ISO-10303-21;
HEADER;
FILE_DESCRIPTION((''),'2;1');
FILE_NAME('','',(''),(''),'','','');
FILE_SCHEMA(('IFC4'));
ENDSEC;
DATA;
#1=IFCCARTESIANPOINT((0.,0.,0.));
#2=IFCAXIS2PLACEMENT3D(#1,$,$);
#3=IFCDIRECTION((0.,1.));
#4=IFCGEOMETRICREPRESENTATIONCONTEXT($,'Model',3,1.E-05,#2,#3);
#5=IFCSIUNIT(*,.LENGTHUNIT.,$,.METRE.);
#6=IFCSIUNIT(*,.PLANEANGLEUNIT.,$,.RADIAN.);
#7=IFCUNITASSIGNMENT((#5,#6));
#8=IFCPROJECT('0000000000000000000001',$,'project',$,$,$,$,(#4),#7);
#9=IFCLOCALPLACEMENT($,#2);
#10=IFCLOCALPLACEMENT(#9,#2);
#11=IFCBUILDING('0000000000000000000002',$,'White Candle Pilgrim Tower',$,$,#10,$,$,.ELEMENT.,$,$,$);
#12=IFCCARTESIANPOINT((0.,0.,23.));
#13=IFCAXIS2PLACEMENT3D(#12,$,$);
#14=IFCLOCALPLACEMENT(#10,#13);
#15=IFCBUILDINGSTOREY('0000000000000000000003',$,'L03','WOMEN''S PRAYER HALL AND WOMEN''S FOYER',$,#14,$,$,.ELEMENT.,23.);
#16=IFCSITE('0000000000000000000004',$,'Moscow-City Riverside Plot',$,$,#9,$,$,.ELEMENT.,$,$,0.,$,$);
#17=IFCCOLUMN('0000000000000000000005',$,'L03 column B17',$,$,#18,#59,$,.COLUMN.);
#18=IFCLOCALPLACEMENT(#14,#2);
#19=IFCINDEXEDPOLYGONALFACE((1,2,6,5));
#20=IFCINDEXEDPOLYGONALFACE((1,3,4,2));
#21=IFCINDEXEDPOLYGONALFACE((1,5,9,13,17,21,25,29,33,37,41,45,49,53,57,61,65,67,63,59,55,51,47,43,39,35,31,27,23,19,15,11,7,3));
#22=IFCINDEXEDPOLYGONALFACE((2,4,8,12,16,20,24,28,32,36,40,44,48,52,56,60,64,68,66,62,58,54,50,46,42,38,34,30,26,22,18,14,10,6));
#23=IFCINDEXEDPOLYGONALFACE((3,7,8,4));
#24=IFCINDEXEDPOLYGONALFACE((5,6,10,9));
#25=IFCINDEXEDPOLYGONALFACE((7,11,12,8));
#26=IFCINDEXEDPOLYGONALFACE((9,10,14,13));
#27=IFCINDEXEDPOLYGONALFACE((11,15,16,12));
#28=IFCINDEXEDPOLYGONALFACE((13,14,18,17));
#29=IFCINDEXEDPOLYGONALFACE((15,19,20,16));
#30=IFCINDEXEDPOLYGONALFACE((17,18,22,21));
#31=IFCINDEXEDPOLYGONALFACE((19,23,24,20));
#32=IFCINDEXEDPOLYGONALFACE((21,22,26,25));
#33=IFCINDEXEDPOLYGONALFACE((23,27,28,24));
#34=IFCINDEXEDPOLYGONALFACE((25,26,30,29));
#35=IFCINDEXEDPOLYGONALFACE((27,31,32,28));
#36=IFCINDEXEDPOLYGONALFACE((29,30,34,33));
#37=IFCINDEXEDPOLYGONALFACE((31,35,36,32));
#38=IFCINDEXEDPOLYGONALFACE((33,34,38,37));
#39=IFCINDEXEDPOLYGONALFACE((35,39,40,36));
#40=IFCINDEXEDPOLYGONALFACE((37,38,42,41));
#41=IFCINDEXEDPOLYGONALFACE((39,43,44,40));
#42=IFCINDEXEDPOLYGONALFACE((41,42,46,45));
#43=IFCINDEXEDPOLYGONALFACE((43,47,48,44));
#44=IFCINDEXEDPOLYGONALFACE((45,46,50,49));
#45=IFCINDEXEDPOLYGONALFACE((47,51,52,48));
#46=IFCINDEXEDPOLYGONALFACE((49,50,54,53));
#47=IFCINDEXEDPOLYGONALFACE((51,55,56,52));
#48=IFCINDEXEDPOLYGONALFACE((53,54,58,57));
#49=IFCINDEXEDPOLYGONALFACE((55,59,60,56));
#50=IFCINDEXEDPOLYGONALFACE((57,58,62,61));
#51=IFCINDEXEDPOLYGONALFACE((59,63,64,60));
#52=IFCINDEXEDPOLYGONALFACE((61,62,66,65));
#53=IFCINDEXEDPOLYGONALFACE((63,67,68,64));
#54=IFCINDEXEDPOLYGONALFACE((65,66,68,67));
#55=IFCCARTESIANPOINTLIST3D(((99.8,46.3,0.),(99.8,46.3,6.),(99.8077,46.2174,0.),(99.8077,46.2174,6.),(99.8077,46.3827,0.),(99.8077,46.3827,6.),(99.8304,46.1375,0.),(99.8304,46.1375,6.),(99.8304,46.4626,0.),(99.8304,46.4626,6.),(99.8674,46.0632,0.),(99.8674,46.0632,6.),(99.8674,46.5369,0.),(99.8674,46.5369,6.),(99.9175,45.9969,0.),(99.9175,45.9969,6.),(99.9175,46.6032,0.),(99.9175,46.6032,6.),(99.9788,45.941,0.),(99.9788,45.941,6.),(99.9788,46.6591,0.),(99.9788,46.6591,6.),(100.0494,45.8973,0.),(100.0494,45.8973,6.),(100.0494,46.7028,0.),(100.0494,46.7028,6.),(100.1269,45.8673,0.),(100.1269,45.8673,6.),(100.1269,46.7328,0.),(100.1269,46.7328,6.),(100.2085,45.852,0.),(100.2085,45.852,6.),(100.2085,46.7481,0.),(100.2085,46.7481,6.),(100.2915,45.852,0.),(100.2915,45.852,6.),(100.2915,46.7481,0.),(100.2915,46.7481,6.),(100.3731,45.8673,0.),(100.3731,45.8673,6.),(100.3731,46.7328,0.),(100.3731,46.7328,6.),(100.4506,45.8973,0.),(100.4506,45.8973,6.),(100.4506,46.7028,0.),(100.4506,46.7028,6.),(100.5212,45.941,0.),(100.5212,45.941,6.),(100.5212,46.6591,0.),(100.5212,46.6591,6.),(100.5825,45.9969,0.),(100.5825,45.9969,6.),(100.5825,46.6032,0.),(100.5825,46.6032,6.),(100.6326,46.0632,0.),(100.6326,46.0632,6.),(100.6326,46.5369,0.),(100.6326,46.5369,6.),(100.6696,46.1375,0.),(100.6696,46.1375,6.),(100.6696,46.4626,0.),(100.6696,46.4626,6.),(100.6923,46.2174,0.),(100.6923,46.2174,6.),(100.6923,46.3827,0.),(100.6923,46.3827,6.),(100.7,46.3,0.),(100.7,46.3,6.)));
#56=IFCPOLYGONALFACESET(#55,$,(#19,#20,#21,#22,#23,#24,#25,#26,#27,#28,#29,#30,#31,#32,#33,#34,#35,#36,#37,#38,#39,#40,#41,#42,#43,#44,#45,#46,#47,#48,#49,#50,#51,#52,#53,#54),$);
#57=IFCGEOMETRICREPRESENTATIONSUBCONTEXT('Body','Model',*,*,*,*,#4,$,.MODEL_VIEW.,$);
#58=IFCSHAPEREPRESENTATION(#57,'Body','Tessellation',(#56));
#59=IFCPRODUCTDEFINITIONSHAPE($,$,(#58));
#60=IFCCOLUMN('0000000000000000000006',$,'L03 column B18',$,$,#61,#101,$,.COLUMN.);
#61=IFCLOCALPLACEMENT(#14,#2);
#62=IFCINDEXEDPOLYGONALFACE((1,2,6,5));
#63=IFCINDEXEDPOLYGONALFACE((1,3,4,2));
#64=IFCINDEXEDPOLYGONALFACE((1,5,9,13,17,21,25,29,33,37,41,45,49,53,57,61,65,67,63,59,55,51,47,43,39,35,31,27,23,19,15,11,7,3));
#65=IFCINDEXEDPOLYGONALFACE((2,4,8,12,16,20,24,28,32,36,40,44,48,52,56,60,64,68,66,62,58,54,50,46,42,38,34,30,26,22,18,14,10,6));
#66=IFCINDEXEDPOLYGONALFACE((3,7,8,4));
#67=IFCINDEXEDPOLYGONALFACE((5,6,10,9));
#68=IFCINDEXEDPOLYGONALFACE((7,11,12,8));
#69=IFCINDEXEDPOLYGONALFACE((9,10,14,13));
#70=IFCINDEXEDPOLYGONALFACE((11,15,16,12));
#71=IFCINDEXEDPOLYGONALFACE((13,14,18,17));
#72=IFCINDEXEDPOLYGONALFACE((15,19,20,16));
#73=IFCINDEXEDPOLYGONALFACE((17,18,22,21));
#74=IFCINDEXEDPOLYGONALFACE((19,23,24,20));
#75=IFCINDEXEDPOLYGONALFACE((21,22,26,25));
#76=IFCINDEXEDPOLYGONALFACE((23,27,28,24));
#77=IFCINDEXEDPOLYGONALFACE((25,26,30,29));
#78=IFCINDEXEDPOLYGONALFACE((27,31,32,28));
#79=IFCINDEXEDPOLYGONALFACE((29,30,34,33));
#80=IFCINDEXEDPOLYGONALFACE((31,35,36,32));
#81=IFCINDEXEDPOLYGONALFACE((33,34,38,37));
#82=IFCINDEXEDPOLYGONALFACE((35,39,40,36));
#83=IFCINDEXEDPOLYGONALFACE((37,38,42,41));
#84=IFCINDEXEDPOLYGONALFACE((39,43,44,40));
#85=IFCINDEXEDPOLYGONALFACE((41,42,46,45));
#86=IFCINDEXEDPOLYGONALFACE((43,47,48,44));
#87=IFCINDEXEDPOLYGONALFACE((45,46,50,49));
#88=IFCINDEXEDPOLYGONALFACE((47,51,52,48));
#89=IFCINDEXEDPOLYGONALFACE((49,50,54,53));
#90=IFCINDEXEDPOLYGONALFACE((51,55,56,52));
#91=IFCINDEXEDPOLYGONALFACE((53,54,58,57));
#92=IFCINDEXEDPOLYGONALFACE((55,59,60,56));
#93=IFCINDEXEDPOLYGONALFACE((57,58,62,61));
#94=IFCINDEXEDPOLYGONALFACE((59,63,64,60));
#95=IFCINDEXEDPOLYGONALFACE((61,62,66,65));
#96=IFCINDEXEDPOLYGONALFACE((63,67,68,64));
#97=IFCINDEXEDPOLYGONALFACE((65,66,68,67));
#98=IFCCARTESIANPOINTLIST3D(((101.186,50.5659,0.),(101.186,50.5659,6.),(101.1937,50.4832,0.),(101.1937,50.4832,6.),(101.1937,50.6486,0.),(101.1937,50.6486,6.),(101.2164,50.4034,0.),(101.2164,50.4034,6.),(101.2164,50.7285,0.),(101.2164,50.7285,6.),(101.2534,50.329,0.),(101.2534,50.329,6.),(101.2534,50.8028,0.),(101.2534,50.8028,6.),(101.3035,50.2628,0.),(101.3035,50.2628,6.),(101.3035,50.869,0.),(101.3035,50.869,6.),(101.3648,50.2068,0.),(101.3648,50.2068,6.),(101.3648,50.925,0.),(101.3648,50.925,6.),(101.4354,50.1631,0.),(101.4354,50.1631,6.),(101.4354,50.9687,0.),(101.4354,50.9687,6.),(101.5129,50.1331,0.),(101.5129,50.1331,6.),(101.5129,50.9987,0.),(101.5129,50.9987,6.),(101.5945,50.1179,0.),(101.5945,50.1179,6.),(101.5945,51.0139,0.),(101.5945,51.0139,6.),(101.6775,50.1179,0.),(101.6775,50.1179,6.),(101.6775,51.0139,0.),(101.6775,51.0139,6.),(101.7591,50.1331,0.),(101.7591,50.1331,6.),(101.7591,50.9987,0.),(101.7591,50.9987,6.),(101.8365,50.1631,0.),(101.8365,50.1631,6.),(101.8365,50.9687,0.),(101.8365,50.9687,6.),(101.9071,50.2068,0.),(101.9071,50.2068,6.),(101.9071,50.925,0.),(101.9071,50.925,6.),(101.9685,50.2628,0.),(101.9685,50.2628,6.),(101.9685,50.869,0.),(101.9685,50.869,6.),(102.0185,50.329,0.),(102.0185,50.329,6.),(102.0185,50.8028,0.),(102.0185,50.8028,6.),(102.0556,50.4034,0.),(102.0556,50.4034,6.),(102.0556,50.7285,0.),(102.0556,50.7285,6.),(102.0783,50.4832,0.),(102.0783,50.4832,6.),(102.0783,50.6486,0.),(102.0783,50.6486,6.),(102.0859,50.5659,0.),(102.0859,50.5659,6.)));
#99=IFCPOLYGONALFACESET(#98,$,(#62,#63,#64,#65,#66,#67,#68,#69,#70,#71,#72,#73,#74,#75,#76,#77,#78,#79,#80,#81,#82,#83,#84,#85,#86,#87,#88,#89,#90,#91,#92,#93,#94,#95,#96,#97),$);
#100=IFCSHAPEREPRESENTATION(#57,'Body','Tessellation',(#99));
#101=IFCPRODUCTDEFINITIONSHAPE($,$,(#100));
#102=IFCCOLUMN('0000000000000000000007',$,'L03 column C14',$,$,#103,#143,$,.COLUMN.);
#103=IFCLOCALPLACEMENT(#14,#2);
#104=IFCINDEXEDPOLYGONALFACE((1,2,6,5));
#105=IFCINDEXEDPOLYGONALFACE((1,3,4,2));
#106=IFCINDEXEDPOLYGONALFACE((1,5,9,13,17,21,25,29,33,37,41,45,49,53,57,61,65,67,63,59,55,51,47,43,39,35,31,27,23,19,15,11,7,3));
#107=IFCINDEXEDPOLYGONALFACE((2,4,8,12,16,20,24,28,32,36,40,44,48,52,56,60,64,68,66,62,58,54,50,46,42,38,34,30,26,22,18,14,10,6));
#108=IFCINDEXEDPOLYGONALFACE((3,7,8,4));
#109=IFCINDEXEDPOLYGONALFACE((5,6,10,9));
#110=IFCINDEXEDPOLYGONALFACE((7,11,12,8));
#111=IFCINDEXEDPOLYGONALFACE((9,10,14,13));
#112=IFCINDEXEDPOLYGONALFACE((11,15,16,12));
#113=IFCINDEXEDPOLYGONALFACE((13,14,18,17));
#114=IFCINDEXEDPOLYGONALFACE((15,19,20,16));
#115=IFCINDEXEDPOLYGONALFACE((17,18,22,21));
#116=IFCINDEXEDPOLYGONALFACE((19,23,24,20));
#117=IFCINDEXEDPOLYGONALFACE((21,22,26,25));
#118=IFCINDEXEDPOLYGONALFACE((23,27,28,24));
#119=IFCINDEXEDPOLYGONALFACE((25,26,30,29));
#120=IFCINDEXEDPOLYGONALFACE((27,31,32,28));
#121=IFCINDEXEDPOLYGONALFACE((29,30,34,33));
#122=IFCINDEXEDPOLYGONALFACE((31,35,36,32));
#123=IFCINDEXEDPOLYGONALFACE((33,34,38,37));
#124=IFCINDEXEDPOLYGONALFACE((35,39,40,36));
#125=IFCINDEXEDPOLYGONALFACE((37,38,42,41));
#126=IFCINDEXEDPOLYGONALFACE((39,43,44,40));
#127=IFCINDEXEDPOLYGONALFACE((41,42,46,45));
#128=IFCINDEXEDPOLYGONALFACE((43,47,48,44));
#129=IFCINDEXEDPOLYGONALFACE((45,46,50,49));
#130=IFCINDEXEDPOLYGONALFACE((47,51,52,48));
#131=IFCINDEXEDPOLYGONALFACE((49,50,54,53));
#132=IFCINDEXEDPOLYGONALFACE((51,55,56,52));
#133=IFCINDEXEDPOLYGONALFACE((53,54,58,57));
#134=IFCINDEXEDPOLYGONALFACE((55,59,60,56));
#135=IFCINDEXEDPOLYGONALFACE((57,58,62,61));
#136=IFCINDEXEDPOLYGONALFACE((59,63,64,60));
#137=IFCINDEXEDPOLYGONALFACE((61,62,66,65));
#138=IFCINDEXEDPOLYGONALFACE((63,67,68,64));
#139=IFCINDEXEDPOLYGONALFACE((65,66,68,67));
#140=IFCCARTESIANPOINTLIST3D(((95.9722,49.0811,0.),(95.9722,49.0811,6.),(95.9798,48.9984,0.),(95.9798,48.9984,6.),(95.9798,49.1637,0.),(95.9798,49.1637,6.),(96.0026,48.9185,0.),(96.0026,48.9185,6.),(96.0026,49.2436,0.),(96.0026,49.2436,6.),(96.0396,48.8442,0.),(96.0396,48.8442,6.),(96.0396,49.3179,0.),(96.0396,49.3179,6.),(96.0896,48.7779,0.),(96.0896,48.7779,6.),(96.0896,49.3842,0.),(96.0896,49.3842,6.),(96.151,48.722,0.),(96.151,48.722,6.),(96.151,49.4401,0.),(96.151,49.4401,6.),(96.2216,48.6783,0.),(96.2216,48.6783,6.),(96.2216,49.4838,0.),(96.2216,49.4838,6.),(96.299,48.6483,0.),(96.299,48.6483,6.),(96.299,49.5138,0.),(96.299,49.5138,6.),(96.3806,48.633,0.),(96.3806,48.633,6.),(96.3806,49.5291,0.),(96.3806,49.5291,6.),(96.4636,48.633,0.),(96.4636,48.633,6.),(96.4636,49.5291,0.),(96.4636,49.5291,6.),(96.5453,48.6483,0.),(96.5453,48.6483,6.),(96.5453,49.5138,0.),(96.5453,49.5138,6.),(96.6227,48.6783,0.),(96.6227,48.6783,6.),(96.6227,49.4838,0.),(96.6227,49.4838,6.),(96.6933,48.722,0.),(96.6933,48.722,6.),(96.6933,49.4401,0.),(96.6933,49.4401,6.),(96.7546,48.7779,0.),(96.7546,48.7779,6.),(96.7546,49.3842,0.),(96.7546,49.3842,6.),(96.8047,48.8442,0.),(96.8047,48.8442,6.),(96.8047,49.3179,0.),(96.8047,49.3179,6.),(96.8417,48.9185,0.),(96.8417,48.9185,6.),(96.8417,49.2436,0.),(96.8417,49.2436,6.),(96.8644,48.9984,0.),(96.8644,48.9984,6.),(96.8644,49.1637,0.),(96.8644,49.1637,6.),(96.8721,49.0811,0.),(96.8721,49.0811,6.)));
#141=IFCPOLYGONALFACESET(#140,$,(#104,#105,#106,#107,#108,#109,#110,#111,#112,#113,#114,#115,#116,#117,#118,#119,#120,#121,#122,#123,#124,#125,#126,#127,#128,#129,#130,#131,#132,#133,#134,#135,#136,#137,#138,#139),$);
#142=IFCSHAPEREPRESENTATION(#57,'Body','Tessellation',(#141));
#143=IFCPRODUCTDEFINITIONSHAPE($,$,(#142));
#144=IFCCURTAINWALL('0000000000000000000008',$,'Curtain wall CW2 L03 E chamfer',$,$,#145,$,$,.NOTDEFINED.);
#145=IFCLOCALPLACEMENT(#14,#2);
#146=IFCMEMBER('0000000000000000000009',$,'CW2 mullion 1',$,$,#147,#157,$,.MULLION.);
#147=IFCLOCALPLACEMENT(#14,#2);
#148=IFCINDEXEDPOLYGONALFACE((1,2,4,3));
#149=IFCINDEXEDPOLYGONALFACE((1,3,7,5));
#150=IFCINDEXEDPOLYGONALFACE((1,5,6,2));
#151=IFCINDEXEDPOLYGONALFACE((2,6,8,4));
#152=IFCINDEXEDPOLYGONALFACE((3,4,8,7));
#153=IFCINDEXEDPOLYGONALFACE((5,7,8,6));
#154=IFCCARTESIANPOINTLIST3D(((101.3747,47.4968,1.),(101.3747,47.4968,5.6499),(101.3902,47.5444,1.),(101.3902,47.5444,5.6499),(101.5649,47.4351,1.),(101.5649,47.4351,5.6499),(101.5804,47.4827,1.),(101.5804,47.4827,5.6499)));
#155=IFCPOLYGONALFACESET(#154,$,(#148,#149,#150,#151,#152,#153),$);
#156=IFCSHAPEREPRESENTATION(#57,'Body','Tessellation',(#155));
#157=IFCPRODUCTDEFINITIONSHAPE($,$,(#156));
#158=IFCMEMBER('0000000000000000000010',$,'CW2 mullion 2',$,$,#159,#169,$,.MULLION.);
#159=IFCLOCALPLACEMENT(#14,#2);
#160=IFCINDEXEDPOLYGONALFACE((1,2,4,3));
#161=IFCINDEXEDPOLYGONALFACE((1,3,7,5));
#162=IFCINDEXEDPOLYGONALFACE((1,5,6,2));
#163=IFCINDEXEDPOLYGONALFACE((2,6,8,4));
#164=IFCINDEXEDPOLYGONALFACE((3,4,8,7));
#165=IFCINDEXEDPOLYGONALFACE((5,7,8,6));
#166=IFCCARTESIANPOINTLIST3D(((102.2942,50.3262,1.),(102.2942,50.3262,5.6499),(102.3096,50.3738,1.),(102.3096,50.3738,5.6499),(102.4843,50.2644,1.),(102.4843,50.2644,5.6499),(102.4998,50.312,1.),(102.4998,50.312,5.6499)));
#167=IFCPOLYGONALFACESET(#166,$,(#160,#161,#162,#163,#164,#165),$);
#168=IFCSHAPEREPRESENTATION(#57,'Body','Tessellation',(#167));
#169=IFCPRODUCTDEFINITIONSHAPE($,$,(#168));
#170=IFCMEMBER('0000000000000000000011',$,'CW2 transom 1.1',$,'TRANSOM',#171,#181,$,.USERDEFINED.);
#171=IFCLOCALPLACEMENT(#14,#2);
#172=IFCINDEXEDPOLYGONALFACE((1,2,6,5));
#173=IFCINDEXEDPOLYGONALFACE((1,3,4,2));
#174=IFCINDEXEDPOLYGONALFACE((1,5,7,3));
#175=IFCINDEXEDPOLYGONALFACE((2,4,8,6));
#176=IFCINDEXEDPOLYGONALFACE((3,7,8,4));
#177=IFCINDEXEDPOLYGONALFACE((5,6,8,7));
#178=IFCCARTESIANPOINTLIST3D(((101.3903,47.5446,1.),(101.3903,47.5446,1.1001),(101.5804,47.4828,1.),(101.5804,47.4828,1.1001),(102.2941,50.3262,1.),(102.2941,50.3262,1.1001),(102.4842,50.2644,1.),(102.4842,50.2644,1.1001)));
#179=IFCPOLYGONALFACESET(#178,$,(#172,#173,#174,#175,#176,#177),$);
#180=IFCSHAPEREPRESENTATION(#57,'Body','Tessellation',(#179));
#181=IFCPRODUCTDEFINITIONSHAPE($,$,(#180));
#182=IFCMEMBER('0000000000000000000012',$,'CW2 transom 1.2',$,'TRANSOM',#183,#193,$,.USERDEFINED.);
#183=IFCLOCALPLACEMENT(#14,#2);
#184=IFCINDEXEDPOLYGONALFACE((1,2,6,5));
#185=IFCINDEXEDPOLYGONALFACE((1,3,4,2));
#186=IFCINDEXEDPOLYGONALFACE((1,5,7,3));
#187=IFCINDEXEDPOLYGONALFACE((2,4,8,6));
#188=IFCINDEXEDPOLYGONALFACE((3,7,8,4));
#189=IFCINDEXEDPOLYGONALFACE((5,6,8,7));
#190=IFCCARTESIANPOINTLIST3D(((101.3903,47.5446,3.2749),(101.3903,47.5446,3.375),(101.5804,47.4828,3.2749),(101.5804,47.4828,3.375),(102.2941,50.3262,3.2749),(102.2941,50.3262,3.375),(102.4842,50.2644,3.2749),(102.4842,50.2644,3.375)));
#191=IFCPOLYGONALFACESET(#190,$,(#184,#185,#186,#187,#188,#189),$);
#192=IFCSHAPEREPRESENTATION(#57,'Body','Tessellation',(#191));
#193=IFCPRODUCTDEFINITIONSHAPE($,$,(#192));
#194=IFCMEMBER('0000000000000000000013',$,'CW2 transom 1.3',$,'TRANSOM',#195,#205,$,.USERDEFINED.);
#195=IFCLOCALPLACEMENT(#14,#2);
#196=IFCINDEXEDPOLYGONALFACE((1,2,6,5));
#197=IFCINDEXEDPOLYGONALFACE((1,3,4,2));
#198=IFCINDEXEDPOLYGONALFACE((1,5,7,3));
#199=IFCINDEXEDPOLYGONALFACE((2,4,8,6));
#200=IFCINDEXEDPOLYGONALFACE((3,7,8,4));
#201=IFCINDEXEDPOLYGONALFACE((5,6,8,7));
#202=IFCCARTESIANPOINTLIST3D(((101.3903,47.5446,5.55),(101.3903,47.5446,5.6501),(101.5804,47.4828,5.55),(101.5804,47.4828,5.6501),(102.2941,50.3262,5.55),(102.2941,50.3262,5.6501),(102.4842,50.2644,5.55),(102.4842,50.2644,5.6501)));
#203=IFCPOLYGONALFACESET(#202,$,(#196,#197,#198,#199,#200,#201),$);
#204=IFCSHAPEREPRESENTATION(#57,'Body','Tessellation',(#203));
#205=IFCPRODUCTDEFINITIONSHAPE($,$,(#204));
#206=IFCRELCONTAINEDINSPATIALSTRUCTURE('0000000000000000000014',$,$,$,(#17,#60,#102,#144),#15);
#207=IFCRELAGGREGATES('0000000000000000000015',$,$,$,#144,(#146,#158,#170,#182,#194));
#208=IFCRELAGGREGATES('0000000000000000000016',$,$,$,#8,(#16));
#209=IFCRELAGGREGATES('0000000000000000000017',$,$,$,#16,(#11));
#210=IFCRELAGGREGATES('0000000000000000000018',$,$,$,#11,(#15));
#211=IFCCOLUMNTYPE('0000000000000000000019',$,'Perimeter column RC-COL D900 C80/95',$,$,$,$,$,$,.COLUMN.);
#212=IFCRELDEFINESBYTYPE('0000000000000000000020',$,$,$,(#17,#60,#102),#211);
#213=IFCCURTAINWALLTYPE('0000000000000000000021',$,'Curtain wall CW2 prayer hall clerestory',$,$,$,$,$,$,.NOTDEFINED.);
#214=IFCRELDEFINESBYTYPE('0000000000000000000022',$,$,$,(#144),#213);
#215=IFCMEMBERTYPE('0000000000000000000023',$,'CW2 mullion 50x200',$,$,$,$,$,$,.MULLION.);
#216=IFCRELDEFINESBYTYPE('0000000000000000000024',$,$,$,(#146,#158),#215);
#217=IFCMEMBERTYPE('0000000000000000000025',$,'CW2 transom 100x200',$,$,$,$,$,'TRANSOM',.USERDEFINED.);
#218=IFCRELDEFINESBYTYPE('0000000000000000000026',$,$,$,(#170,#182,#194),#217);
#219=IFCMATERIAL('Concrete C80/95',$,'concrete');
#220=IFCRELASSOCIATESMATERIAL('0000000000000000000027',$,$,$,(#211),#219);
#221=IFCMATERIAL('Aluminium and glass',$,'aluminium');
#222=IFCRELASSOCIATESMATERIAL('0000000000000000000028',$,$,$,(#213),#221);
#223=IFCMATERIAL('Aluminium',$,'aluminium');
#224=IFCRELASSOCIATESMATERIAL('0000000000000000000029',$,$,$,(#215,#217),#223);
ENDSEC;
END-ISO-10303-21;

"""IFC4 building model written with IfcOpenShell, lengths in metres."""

from ifc_helpers import new_model, si_unit, direction, frame, origin, origin_2d, place, context, subcontext, project, spatial, rectangle, circle, extrude, material, material_profile, profile_set, type_object, element, aggregate, save


model = new_model("IFC4")

# Units and contexts
model_context = context("Model", 3, precision=1e-05, world=origin(), true_north=direction((0.0, 1.0)))
body_context = subcontext(model_context, "Body", "Model", "MODEL_VIEW")
ifc_project = project(units=[si_unit("LENGTHUNIT", "METRE"), si_unit("PLANEANGLEUNIT", "RADIAN")], contexts=[model_context])

# Site, building, storey
site_placement = place(None, origin())
site = spatial("IfcSite", under=ifc_project, at=site_placement, Name="Moscow-City Riverside Plot", CompositionType="ELEMENT", RefElevation=0.0)
building_placement = place(site_placement, origin())
building = spatial("IfcBuilding", under=site, at=building_placement, Name="White Candle Pilgrim Tower", CompositionType="ELEMENT")
storey_placement = place(building_placement, frame((0.0, 0.0, 23.0)))
storey = spatial("IfcBuildingStorey", under=building, at=storey_placement, Name="L03", Description="WOMEN'S PRAYER HALL AND WOMEN'S FOYER", CompositionType="ELEMENT", Elevation=23.0)

# Columns
ifc_material_1 = material(Name="Concrete C80/95", Category="concrete")
ifc_material_profile_1 = material_profile(ifc_material_1, circle(Radius=0.45, at=origin_2d()), Name="RC-COL D900")
ifc_profile_set_1 = profile_set([ifc_material_profile_1], Name="Concrete C80/95")
column_type = type_object("IfcColumnType", Name="Perimeter column RC-COL D900 C80/95", PredefinedType="COLUMN", material=ifc_profile_set_1)
for number, where, z_axis, x_axis, name in (
    (1, (100.25, 46.3, 0.0), (0.0, 0.0, 1.0), (1.0, 0.0, 0.0), "L03 column B17"),
    (2, (101.636, 50.5659, 0.0), (0.0, 0.0, 1.0), (1.0, 0.0, 0.0), "L03 column B18"),
    (3, (96.4221, 49.0811, 0.0), (0.0, 0.0, 1.0), (1.0, 0.0, 0.0), "L03 column C14"),
):
    element("IfcColumn", number, at=place(storey_placement, frame(where, z_axis=z_axis, x_axis=x_axis)), inside=storey, type_object=column_type, Name=name, PredefinedType="COLUMN", context=body_context, shape_type="SweptSolid", body=[
        extrude(circle(Radius=0.45, at=origin_2d()), origin(), (0.0, 0.0, 1.0), 6.0),
    ])

# Curtain wall, members
ifc_material_2 = material(Name="Aluminium and glass", Category="aluminium")
curtain_wall_type = type_object("IfcCurtainWallType", Name="Curtain wall CW2 prayer hall clerestory", PredefinedType="NOTDEFINED", material=ifc_material_2)
curtain_wall_placement = place(storey_placement, origin())
curtain_wall = element("IfcCurtainWall", 4, at=curtain_wall_placement, inside=storey, type_object=curtain_wall_type, Name="Curtain wall CW2 L03 E chamfer", PredefinedType="NOTDEFINED")
ifc_material_3 = material(Name="Aluminium", Category="aluminium")
ifc_material_profile_2 = material_profile(ifc_material_3, rectangle(XDim=0.2, YDim=0.05, at=origin_2d()), Name="CW2 mullion 50x200")
ifc_profile_set_2 = profile_set([ifc_material_profile_2], Name="Aluminium")
member_type_1 = type_object("IfcMemberType", Name="CW2 mullion 50x200", PredefinedType="MULLION", material=ifc_profile_set_2)
member_1_placement = place(storey_placement, frame((101.4775, 47.4897, 1.0), z_axis=(0.0, 0.0, 1.0), x_axis=(-0.951057, 0.309017, 0.0)))
member_1 = element("IfcMember", 5, at=member_1_placement, type_object=member_type_1, Name="CW2 mullion 1", PredefinedType="MULLION", context=body_context, shape_type="SweptSolid", body=[
    extrude(rectangle(XDim=0.2, YDim=0.05, at=origin_2d()), origin(), (0.0, 0.0, 1.0), 4.6499),
])
member_2_placement = place(storey_placement, frame((102.397, 50.3191, 1.0), z_axis=(0.0, 0.0, 1.0), x_axis=(-0.951057, 0.309017, 0.0)))
member_2 = element("IfcMember", 6, at=member_2_placement, type_object=member_type_1, Name="CW2 mullion 2", PredefinedType="MULLION", context=body_context, shape_type="SweptSolid", body=[
    extrude(rectangle(XDim=0.2, YDim=0.05, at=origin_2d()), origin(), (0.0, 0.0, 1.0), 4.6499),
])
ifc_material_profile_3 = material_profile(ifc_material_3, rectangle(XDim=0.2, YDim=0.1001, at=origin_2d()), Name="CW2 transom 100x200")
ifc_profile_set_3 = profile_set([ifc_material_profile_3], Name="Aluminium")
member_type_2 = type_object("IfcMemberType", Name="CW2 transom 100x200", ElementType="TRANSOM", PredefinedType="USERDEFINED", material=ifc_profile_set_3)
member_3_placement = place(storey_placement, frame((101.4854, 47.5137, 1.05), z_axis=(0.309007, 0.95106, 0.0), x_axis=(-0.95106, 0.309007, 0.0)))
member_3 = element("IfcMember", 7, at=member_3_placement, type_object=member_type_2, Name="CW2 transom 1.1", ObjectType="TRANSOM", PredefinedType="USERDEFINED", context=body_context, shape_type="SweptSolid", body=[
    extrude(rectangle(XDim=0.2, YDim=0.1001, at=origin_2d()), origin(), (0.0, 0.0, 1.0), 2.9248),
])
member_4_placement = place(storey_placement, frame((101.4854, 47.5137, 3.325), z_axis=(0.309007, 0.95106, 0.0), x_axis=(-0.95106, 0.309007, 0.0)))
member_4 = element("IfcMember", 8, at=member_4_placement, type_object=member_type_2, Name="CW2 transom 1.2", ObjectType="TRANSOM", PredefinedType="USERDEFINED", context=body_context, shape_type="SweptSolid", body=[
    extrude(rectangle(XDim=0.2, YDim=0.1001, at=origin_2d()), origin(), (0.0, 0.0, 1.0), 2.9248),
])
member_5_placement = place(storey_placement, frame((101.4854, 47.5137, 5.6001), z_axis=(0.309007, 0.95106, 0.0), x_axis=(-0.95106, 0.309007, 0.0)))
member_5 = element("IfcMember", 9, at=member_5_placement, type_object=member_type_2, Name="CW2 transom 1.3", ObjectType="TRANSOM", PredefinedType="USERDEFINED", context=body_context, shape_type="SweptSolid", body=[
    extrude(rectangle(XDim=0.2, YDim=0.1001, at=origin_2d()), origin(), (0.0, 0.0, 1.0), 2.9248),
])

aggregate(curtain_wall, [member_1, member_2, member_3, member_4, member_5])

save(model, "model.ifc")
